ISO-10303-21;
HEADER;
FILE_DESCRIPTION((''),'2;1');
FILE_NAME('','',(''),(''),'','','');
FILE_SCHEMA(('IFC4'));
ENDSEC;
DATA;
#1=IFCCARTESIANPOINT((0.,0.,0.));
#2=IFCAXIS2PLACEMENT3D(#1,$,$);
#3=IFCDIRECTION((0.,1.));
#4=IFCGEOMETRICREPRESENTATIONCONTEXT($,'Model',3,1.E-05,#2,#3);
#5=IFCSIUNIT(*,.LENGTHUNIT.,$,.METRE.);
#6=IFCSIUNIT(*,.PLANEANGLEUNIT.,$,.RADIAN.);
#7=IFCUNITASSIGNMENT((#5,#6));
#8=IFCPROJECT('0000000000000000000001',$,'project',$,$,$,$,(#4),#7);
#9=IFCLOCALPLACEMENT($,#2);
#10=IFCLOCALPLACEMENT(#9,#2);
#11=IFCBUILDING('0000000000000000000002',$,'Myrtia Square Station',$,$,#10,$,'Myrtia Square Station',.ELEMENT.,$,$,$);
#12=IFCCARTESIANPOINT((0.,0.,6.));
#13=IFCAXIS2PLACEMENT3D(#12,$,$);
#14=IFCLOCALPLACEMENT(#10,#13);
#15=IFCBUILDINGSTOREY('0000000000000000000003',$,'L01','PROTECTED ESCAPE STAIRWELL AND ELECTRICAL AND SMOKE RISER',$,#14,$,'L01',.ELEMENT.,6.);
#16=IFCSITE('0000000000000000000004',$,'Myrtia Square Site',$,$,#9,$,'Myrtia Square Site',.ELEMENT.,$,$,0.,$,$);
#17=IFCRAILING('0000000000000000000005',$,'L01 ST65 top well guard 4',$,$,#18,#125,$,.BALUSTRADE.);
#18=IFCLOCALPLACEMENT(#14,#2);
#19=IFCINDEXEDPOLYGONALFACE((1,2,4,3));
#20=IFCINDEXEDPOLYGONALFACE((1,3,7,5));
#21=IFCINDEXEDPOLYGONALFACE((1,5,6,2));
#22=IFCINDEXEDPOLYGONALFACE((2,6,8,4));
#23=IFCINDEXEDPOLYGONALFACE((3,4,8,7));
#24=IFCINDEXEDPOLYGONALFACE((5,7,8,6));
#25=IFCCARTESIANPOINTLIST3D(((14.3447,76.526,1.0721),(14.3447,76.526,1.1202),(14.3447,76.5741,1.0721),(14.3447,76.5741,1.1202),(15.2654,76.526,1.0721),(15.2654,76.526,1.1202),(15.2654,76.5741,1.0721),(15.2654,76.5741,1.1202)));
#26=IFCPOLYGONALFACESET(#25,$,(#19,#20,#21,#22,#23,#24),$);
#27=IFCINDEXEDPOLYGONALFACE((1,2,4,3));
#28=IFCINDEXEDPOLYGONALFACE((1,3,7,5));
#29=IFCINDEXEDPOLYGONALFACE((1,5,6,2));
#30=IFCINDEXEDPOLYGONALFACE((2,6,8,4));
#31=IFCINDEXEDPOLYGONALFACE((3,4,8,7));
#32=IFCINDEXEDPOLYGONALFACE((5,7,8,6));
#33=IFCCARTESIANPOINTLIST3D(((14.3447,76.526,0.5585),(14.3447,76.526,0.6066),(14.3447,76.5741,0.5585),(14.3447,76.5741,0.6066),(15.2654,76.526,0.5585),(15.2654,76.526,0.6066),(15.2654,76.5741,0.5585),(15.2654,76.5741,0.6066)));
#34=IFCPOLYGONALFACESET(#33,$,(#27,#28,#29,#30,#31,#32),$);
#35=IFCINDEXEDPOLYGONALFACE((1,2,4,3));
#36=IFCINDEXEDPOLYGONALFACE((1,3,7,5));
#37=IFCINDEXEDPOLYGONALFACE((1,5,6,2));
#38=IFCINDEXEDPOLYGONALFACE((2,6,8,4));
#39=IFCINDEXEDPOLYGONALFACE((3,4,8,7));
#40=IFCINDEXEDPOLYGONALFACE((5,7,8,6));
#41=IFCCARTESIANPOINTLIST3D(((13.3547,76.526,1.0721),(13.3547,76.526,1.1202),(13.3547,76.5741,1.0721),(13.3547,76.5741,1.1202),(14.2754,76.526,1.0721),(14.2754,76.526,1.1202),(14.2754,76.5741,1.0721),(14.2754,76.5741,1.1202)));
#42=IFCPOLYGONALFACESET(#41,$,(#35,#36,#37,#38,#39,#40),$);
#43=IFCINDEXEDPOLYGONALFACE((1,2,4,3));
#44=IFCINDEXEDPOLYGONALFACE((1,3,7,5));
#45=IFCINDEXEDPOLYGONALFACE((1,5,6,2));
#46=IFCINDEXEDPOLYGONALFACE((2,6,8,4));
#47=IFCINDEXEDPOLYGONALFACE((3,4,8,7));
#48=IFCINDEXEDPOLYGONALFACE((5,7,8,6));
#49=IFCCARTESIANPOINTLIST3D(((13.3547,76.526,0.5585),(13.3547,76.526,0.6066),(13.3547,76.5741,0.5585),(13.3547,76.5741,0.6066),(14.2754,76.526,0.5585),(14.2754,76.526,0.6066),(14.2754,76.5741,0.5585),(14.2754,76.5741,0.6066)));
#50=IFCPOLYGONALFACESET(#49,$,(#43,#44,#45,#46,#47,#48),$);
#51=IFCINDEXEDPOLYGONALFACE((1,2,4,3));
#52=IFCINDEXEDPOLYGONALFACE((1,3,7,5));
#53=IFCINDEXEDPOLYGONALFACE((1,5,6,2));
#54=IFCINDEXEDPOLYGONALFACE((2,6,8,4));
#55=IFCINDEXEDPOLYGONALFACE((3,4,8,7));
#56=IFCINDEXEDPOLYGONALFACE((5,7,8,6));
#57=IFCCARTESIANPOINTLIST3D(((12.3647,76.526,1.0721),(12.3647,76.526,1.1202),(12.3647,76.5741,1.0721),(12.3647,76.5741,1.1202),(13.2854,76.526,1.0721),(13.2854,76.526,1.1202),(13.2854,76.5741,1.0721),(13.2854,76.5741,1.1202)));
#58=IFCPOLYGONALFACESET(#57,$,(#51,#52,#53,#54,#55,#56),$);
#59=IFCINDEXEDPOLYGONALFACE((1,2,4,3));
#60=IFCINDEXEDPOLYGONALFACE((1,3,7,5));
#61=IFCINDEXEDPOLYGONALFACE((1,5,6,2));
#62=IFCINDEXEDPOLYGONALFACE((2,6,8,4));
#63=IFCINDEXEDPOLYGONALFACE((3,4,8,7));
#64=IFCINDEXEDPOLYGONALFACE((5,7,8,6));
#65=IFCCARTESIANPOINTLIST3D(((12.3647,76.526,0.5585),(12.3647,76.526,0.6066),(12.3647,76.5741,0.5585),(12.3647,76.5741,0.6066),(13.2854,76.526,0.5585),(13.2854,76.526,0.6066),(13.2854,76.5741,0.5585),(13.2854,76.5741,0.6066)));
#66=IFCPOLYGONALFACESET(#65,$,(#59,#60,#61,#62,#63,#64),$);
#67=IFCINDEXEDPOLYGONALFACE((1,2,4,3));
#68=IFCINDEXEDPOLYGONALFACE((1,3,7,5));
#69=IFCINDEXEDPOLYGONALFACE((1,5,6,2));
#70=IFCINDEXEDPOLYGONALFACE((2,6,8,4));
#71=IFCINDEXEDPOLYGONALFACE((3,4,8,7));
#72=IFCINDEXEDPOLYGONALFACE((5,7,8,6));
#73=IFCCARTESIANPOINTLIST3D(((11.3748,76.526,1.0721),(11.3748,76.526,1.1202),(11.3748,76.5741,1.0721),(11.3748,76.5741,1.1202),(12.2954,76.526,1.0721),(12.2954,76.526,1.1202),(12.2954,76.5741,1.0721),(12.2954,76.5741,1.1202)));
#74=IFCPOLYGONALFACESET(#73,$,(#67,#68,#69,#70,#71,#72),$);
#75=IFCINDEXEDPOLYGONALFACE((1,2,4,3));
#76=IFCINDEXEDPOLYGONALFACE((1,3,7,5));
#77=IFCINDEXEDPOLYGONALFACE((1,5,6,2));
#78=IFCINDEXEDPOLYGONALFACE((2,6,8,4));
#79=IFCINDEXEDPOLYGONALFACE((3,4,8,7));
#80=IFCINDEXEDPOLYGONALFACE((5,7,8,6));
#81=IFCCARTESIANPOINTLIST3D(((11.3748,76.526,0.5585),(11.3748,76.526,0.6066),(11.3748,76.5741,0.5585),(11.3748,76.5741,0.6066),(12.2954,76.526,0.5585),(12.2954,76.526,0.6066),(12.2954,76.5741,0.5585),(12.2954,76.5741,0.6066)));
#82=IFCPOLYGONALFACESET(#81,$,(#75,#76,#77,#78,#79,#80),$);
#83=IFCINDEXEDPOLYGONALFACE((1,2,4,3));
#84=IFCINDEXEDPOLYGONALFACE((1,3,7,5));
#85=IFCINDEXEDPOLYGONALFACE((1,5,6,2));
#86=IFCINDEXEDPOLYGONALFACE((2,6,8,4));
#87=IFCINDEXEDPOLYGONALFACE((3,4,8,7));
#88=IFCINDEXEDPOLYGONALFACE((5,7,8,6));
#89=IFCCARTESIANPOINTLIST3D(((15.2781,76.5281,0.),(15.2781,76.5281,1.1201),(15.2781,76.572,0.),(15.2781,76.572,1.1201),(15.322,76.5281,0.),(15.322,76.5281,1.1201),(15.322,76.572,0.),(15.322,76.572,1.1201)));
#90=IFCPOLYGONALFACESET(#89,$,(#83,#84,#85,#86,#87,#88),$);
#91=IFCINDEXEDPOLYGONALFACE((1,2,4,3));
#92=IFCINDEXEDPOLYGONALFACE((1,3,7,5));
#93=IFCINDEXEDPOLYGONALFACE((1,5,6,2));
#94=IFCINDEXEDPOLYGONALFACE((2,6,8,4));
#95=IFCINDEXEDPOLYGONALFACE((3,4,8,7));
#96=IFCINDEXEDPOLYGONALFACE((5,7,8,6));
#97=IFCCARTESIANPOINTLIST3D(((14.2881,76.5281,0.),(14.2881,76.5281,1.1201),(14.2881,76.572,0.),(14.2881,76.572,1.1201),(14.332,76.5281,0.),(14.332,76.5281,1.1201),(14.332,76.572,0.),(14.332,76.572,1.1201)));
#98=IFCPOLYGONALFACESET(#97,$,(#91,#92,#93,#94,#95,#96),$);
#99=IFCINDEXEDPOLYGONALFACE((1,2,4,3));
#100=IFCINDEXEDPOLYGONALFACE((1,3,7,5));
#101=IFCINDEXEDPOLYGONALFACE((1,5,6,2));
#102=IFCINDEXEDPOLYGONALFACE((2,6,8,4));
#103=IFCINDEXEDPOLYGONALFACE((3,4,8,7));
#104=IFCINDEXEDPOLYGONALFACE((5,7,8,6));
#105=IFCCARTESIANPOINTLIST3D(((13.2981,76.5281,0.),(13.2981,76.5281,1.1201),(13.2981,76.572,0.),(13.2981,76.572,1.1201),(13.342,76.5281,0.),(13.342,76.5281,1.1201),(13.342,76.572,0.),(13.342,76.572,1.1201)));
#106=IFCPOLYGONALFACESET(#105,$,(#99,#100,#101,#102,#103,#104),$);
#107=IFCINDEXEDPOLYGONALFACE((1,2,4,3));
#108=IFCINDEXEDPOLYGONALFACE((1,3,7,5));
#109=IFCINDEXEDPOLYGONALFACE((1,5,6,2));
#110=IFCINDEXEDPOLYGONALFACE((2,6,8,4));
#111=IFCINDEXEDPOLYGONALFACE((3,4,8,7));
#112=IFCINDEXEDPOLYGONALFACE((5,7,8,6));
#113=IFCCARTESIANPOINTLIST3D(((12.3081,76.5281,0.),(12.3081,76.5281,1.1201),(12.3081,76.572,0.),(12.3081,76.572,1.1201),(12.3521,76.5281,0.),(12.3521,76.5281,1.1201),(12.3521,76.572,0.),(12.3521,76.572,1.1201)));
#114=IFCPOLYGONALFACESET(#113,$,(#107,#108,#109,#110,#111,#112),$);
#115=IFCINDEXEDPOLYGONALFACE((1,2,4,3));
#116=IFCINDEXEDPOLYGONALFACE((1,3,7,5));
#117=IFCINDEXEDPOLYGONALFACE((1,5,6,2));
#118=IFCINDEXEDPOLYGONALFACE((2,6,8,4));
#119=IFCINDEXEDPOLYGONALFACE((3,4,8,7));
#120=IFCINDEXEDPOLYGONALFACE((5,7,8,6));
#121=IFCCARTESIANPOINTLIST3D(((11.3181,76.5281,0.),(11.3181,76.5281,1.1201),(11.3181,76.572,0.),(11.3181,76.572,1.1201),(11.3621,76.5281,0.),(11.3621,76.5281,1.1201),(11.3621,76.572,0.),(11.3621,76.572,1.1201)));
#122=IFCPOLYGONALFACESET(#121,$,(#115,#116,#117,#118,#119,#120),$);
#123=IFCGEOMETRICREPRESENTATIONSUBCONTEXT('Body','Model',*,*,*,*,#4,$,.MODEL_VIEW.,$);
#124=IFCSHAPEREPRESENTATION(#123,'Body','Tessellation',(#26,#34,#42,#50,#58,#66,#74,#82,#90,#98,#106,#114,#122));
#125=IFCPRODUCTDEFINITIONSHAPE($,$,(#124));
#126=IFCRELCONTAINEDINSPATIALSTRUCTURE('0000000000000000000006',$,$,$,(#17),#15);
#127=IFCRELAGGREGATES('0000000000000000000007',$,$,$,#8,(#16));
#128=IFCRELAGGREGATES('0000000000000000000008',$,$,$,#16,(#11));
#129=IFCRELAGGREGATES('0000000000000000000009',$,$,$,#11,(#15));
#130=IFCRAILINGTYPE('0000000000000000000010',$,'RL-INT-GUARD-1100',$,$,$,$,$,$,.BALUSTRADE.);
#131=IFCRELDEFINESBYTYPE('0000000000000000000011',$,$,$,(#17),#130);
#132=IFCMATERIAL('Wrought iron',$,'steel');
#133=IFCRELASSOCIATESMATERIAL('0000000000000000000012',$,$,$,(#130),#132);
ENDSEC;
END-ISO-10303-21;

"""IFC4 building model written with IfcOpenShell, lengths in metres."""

from ifc_helpers import new_model, si_unit, direction, frame, origin, origin_2d, place, context, subcontext, project, spatial, rectangle, extrude, material, type_object, element, save


model = new_model("IFC4")

# Units and contexts
model_context = context("Model", 3, precision=1e-05, world=origin(), true_north=direction((0.0, 1.0)))
body_context = subcontext(model_context, "Body", "Model", "MODEL_VIEW")
ifc_project = project(units=[si_unit("LENGTHUNIT", "METRE"), si_unit("PLANEANGLEUNIT", "RADIAN")], contexts=[model_context])

# Site, building, storey
site_placement = place(None, origin())
site = spatial("IfcSite", under=ifc_project, at=site_placement, Name="Myrtia Square Site", LongName="Myrtia Square Site", CompositionType="ELEMENT", RefElevation=0.0)
building_placement = place(site_placement, origin())
building = spatial("IfcBuilding", under=site, at=building_placement, Name="Myrtia Square Station", LongName="Myrtia Square Station", CompositionType="ELEMENT")
storey_placement = place(building_placement, frame((0.0, 0.0, 6.0)))
storey = spatial("IfcBuildingStorey", under=building, at=storey_placement, Name="L01", Description="PROTECTED ESCAPE STAIRWELL AND ELECTRICAL AND SMOKE RISER", LongName="L01", CompositionType="ELEMENT", Elevation=6.0)

# Railing
ifc_material_1 = material(Name="Wrought iron", Category="steel")
railing_type = type_object("IfcRailingType", Name="RL-INT-GUARD-1100", PredefinedType="BALUSTRADE", material=ifc_material_1)
railing_placement = place(storey_placement, frame((15.3, 76.55, 0.0)))
element("IfcRailing", 1, at=railing_placement, inside=storey, type_object=railing_type, Name="L01 ST65 top well guard 4", PredefinedType="BALUSTRADE", context=body_context, shape_type="SweptSolid", body=[
    extrude(rectangle(XDim=0.0481, YDim=0.0481, at=origin_2d()), frame((-0.0347, 0.0, 1.0962), z_axis=(-1.0, 0.0, 0.0), x_axis=(0.0, -1.0, 0.0)), (0.0, 0.0, 1.0), 0.9207),
    extrude(rectangle(XDim=0.0481, YDim=0.0481, at=origin_2d()), frame((-0.0347, 0.0, 0.5825), z_axis=(-1.0, 0.0, 0.0), x_axis=(0.0, -1.0, 0.0)), (0.0, 0.0, 1.0), 0.9207),
    extrude(rectangle(XDim=0.0481, YDim=0.0481, at=origin_2d()), frame((-1.0247, 0.0, 1.0962), z_axis=(-1.0, 0.0, 0.0), x_axis=(0.0, -1.0, 0.0)), (0.0, 0.0, 1.0), 0.9207),
    extrude(rectangle(XDim=0.0481, YDim=0.0481, at=origin_2d()), frame((-1.0247, 0.0, 0.5825), z_axis=(-1.0, 0.0, 0.0), x_axis=(0.0, -1.0, 0.0)), (0.0, 0.0, 1.0), 0.9207),
    extrude(rectangle(XDim=0.0481, YDim=0.0481, at=origin_2d()), frame((-2.0146, 0.0, 1.0962), z_axis=(-1.0, 0.0, 0.0), x_axis=(0.0, -1.0, 0.0)), (0.0, 0.0, 1.0), 0.9207),
    extrude(rectangle(XDim=0.0481, YDim=0.0481, at=origin_2d()), frame((-2.0146, 0.0, 0.5825), z_axis=(-1.0, 0.0, 0.0), x_axis=(0.0, -1.0, 0.0)), (0.0, 0.0, 1.0), 0.9207),
    extrude(rectangle(XDim=0.0481, YDim=0.0481, at=origin_2d()), frame((-3.0046, 0.0, 1.0962), z_axis=(-1.0, 0.0, 0.0), x_axis=(0.0, -1.0, 0.0)), (0.0, 0.0, 1.0), 0.9207),
    extrude(rectangle(XDim=0.0481, YDim=0.0481, at=origin_2d()), frame((-3.0046, 0.0, 0.5825), z_axis=(-1.0, 0.0, 0.0), x_axis=(0.0, -1.0, 0.0)), (0.0, 0.0, 1.0), 0.9207),
    extrude(rectangle(XDim=0.0439, YDim=0.0439, at=origin_2d()), origin(), (0.0, 0.0, 1.0), 1.1201),
    extrude(rectangle(XDim=0.0439, YDim=0.0439, at=origin_2d()), frame((-0.99, 0.0, 0.0)), (0.0, 0.0, 1.0), 1.1201),
    extrude(rectangle(XDim=0.0439, YDim=0.0439, at=origin_2d()), frame((-1.98, 0.0, 0.0)), (0.0, 0.0, 1.0), 1.1201),
    extrude(rectangle(XDim=0.0439, YDim=0.0439, at=origin_2d()), frame((-2.97, 0.0, 0.0)), (0.0, 0.0, 1.0), 1.1201),
    extrude(rectangle(XDim=0.0439, YDim=0.0439, at=origin_2d()), frame((-3.96, 0.0, 0.0)), (0.0, 0.0, 1.0), 1.1201),
])

save(model, "model.ifc")
